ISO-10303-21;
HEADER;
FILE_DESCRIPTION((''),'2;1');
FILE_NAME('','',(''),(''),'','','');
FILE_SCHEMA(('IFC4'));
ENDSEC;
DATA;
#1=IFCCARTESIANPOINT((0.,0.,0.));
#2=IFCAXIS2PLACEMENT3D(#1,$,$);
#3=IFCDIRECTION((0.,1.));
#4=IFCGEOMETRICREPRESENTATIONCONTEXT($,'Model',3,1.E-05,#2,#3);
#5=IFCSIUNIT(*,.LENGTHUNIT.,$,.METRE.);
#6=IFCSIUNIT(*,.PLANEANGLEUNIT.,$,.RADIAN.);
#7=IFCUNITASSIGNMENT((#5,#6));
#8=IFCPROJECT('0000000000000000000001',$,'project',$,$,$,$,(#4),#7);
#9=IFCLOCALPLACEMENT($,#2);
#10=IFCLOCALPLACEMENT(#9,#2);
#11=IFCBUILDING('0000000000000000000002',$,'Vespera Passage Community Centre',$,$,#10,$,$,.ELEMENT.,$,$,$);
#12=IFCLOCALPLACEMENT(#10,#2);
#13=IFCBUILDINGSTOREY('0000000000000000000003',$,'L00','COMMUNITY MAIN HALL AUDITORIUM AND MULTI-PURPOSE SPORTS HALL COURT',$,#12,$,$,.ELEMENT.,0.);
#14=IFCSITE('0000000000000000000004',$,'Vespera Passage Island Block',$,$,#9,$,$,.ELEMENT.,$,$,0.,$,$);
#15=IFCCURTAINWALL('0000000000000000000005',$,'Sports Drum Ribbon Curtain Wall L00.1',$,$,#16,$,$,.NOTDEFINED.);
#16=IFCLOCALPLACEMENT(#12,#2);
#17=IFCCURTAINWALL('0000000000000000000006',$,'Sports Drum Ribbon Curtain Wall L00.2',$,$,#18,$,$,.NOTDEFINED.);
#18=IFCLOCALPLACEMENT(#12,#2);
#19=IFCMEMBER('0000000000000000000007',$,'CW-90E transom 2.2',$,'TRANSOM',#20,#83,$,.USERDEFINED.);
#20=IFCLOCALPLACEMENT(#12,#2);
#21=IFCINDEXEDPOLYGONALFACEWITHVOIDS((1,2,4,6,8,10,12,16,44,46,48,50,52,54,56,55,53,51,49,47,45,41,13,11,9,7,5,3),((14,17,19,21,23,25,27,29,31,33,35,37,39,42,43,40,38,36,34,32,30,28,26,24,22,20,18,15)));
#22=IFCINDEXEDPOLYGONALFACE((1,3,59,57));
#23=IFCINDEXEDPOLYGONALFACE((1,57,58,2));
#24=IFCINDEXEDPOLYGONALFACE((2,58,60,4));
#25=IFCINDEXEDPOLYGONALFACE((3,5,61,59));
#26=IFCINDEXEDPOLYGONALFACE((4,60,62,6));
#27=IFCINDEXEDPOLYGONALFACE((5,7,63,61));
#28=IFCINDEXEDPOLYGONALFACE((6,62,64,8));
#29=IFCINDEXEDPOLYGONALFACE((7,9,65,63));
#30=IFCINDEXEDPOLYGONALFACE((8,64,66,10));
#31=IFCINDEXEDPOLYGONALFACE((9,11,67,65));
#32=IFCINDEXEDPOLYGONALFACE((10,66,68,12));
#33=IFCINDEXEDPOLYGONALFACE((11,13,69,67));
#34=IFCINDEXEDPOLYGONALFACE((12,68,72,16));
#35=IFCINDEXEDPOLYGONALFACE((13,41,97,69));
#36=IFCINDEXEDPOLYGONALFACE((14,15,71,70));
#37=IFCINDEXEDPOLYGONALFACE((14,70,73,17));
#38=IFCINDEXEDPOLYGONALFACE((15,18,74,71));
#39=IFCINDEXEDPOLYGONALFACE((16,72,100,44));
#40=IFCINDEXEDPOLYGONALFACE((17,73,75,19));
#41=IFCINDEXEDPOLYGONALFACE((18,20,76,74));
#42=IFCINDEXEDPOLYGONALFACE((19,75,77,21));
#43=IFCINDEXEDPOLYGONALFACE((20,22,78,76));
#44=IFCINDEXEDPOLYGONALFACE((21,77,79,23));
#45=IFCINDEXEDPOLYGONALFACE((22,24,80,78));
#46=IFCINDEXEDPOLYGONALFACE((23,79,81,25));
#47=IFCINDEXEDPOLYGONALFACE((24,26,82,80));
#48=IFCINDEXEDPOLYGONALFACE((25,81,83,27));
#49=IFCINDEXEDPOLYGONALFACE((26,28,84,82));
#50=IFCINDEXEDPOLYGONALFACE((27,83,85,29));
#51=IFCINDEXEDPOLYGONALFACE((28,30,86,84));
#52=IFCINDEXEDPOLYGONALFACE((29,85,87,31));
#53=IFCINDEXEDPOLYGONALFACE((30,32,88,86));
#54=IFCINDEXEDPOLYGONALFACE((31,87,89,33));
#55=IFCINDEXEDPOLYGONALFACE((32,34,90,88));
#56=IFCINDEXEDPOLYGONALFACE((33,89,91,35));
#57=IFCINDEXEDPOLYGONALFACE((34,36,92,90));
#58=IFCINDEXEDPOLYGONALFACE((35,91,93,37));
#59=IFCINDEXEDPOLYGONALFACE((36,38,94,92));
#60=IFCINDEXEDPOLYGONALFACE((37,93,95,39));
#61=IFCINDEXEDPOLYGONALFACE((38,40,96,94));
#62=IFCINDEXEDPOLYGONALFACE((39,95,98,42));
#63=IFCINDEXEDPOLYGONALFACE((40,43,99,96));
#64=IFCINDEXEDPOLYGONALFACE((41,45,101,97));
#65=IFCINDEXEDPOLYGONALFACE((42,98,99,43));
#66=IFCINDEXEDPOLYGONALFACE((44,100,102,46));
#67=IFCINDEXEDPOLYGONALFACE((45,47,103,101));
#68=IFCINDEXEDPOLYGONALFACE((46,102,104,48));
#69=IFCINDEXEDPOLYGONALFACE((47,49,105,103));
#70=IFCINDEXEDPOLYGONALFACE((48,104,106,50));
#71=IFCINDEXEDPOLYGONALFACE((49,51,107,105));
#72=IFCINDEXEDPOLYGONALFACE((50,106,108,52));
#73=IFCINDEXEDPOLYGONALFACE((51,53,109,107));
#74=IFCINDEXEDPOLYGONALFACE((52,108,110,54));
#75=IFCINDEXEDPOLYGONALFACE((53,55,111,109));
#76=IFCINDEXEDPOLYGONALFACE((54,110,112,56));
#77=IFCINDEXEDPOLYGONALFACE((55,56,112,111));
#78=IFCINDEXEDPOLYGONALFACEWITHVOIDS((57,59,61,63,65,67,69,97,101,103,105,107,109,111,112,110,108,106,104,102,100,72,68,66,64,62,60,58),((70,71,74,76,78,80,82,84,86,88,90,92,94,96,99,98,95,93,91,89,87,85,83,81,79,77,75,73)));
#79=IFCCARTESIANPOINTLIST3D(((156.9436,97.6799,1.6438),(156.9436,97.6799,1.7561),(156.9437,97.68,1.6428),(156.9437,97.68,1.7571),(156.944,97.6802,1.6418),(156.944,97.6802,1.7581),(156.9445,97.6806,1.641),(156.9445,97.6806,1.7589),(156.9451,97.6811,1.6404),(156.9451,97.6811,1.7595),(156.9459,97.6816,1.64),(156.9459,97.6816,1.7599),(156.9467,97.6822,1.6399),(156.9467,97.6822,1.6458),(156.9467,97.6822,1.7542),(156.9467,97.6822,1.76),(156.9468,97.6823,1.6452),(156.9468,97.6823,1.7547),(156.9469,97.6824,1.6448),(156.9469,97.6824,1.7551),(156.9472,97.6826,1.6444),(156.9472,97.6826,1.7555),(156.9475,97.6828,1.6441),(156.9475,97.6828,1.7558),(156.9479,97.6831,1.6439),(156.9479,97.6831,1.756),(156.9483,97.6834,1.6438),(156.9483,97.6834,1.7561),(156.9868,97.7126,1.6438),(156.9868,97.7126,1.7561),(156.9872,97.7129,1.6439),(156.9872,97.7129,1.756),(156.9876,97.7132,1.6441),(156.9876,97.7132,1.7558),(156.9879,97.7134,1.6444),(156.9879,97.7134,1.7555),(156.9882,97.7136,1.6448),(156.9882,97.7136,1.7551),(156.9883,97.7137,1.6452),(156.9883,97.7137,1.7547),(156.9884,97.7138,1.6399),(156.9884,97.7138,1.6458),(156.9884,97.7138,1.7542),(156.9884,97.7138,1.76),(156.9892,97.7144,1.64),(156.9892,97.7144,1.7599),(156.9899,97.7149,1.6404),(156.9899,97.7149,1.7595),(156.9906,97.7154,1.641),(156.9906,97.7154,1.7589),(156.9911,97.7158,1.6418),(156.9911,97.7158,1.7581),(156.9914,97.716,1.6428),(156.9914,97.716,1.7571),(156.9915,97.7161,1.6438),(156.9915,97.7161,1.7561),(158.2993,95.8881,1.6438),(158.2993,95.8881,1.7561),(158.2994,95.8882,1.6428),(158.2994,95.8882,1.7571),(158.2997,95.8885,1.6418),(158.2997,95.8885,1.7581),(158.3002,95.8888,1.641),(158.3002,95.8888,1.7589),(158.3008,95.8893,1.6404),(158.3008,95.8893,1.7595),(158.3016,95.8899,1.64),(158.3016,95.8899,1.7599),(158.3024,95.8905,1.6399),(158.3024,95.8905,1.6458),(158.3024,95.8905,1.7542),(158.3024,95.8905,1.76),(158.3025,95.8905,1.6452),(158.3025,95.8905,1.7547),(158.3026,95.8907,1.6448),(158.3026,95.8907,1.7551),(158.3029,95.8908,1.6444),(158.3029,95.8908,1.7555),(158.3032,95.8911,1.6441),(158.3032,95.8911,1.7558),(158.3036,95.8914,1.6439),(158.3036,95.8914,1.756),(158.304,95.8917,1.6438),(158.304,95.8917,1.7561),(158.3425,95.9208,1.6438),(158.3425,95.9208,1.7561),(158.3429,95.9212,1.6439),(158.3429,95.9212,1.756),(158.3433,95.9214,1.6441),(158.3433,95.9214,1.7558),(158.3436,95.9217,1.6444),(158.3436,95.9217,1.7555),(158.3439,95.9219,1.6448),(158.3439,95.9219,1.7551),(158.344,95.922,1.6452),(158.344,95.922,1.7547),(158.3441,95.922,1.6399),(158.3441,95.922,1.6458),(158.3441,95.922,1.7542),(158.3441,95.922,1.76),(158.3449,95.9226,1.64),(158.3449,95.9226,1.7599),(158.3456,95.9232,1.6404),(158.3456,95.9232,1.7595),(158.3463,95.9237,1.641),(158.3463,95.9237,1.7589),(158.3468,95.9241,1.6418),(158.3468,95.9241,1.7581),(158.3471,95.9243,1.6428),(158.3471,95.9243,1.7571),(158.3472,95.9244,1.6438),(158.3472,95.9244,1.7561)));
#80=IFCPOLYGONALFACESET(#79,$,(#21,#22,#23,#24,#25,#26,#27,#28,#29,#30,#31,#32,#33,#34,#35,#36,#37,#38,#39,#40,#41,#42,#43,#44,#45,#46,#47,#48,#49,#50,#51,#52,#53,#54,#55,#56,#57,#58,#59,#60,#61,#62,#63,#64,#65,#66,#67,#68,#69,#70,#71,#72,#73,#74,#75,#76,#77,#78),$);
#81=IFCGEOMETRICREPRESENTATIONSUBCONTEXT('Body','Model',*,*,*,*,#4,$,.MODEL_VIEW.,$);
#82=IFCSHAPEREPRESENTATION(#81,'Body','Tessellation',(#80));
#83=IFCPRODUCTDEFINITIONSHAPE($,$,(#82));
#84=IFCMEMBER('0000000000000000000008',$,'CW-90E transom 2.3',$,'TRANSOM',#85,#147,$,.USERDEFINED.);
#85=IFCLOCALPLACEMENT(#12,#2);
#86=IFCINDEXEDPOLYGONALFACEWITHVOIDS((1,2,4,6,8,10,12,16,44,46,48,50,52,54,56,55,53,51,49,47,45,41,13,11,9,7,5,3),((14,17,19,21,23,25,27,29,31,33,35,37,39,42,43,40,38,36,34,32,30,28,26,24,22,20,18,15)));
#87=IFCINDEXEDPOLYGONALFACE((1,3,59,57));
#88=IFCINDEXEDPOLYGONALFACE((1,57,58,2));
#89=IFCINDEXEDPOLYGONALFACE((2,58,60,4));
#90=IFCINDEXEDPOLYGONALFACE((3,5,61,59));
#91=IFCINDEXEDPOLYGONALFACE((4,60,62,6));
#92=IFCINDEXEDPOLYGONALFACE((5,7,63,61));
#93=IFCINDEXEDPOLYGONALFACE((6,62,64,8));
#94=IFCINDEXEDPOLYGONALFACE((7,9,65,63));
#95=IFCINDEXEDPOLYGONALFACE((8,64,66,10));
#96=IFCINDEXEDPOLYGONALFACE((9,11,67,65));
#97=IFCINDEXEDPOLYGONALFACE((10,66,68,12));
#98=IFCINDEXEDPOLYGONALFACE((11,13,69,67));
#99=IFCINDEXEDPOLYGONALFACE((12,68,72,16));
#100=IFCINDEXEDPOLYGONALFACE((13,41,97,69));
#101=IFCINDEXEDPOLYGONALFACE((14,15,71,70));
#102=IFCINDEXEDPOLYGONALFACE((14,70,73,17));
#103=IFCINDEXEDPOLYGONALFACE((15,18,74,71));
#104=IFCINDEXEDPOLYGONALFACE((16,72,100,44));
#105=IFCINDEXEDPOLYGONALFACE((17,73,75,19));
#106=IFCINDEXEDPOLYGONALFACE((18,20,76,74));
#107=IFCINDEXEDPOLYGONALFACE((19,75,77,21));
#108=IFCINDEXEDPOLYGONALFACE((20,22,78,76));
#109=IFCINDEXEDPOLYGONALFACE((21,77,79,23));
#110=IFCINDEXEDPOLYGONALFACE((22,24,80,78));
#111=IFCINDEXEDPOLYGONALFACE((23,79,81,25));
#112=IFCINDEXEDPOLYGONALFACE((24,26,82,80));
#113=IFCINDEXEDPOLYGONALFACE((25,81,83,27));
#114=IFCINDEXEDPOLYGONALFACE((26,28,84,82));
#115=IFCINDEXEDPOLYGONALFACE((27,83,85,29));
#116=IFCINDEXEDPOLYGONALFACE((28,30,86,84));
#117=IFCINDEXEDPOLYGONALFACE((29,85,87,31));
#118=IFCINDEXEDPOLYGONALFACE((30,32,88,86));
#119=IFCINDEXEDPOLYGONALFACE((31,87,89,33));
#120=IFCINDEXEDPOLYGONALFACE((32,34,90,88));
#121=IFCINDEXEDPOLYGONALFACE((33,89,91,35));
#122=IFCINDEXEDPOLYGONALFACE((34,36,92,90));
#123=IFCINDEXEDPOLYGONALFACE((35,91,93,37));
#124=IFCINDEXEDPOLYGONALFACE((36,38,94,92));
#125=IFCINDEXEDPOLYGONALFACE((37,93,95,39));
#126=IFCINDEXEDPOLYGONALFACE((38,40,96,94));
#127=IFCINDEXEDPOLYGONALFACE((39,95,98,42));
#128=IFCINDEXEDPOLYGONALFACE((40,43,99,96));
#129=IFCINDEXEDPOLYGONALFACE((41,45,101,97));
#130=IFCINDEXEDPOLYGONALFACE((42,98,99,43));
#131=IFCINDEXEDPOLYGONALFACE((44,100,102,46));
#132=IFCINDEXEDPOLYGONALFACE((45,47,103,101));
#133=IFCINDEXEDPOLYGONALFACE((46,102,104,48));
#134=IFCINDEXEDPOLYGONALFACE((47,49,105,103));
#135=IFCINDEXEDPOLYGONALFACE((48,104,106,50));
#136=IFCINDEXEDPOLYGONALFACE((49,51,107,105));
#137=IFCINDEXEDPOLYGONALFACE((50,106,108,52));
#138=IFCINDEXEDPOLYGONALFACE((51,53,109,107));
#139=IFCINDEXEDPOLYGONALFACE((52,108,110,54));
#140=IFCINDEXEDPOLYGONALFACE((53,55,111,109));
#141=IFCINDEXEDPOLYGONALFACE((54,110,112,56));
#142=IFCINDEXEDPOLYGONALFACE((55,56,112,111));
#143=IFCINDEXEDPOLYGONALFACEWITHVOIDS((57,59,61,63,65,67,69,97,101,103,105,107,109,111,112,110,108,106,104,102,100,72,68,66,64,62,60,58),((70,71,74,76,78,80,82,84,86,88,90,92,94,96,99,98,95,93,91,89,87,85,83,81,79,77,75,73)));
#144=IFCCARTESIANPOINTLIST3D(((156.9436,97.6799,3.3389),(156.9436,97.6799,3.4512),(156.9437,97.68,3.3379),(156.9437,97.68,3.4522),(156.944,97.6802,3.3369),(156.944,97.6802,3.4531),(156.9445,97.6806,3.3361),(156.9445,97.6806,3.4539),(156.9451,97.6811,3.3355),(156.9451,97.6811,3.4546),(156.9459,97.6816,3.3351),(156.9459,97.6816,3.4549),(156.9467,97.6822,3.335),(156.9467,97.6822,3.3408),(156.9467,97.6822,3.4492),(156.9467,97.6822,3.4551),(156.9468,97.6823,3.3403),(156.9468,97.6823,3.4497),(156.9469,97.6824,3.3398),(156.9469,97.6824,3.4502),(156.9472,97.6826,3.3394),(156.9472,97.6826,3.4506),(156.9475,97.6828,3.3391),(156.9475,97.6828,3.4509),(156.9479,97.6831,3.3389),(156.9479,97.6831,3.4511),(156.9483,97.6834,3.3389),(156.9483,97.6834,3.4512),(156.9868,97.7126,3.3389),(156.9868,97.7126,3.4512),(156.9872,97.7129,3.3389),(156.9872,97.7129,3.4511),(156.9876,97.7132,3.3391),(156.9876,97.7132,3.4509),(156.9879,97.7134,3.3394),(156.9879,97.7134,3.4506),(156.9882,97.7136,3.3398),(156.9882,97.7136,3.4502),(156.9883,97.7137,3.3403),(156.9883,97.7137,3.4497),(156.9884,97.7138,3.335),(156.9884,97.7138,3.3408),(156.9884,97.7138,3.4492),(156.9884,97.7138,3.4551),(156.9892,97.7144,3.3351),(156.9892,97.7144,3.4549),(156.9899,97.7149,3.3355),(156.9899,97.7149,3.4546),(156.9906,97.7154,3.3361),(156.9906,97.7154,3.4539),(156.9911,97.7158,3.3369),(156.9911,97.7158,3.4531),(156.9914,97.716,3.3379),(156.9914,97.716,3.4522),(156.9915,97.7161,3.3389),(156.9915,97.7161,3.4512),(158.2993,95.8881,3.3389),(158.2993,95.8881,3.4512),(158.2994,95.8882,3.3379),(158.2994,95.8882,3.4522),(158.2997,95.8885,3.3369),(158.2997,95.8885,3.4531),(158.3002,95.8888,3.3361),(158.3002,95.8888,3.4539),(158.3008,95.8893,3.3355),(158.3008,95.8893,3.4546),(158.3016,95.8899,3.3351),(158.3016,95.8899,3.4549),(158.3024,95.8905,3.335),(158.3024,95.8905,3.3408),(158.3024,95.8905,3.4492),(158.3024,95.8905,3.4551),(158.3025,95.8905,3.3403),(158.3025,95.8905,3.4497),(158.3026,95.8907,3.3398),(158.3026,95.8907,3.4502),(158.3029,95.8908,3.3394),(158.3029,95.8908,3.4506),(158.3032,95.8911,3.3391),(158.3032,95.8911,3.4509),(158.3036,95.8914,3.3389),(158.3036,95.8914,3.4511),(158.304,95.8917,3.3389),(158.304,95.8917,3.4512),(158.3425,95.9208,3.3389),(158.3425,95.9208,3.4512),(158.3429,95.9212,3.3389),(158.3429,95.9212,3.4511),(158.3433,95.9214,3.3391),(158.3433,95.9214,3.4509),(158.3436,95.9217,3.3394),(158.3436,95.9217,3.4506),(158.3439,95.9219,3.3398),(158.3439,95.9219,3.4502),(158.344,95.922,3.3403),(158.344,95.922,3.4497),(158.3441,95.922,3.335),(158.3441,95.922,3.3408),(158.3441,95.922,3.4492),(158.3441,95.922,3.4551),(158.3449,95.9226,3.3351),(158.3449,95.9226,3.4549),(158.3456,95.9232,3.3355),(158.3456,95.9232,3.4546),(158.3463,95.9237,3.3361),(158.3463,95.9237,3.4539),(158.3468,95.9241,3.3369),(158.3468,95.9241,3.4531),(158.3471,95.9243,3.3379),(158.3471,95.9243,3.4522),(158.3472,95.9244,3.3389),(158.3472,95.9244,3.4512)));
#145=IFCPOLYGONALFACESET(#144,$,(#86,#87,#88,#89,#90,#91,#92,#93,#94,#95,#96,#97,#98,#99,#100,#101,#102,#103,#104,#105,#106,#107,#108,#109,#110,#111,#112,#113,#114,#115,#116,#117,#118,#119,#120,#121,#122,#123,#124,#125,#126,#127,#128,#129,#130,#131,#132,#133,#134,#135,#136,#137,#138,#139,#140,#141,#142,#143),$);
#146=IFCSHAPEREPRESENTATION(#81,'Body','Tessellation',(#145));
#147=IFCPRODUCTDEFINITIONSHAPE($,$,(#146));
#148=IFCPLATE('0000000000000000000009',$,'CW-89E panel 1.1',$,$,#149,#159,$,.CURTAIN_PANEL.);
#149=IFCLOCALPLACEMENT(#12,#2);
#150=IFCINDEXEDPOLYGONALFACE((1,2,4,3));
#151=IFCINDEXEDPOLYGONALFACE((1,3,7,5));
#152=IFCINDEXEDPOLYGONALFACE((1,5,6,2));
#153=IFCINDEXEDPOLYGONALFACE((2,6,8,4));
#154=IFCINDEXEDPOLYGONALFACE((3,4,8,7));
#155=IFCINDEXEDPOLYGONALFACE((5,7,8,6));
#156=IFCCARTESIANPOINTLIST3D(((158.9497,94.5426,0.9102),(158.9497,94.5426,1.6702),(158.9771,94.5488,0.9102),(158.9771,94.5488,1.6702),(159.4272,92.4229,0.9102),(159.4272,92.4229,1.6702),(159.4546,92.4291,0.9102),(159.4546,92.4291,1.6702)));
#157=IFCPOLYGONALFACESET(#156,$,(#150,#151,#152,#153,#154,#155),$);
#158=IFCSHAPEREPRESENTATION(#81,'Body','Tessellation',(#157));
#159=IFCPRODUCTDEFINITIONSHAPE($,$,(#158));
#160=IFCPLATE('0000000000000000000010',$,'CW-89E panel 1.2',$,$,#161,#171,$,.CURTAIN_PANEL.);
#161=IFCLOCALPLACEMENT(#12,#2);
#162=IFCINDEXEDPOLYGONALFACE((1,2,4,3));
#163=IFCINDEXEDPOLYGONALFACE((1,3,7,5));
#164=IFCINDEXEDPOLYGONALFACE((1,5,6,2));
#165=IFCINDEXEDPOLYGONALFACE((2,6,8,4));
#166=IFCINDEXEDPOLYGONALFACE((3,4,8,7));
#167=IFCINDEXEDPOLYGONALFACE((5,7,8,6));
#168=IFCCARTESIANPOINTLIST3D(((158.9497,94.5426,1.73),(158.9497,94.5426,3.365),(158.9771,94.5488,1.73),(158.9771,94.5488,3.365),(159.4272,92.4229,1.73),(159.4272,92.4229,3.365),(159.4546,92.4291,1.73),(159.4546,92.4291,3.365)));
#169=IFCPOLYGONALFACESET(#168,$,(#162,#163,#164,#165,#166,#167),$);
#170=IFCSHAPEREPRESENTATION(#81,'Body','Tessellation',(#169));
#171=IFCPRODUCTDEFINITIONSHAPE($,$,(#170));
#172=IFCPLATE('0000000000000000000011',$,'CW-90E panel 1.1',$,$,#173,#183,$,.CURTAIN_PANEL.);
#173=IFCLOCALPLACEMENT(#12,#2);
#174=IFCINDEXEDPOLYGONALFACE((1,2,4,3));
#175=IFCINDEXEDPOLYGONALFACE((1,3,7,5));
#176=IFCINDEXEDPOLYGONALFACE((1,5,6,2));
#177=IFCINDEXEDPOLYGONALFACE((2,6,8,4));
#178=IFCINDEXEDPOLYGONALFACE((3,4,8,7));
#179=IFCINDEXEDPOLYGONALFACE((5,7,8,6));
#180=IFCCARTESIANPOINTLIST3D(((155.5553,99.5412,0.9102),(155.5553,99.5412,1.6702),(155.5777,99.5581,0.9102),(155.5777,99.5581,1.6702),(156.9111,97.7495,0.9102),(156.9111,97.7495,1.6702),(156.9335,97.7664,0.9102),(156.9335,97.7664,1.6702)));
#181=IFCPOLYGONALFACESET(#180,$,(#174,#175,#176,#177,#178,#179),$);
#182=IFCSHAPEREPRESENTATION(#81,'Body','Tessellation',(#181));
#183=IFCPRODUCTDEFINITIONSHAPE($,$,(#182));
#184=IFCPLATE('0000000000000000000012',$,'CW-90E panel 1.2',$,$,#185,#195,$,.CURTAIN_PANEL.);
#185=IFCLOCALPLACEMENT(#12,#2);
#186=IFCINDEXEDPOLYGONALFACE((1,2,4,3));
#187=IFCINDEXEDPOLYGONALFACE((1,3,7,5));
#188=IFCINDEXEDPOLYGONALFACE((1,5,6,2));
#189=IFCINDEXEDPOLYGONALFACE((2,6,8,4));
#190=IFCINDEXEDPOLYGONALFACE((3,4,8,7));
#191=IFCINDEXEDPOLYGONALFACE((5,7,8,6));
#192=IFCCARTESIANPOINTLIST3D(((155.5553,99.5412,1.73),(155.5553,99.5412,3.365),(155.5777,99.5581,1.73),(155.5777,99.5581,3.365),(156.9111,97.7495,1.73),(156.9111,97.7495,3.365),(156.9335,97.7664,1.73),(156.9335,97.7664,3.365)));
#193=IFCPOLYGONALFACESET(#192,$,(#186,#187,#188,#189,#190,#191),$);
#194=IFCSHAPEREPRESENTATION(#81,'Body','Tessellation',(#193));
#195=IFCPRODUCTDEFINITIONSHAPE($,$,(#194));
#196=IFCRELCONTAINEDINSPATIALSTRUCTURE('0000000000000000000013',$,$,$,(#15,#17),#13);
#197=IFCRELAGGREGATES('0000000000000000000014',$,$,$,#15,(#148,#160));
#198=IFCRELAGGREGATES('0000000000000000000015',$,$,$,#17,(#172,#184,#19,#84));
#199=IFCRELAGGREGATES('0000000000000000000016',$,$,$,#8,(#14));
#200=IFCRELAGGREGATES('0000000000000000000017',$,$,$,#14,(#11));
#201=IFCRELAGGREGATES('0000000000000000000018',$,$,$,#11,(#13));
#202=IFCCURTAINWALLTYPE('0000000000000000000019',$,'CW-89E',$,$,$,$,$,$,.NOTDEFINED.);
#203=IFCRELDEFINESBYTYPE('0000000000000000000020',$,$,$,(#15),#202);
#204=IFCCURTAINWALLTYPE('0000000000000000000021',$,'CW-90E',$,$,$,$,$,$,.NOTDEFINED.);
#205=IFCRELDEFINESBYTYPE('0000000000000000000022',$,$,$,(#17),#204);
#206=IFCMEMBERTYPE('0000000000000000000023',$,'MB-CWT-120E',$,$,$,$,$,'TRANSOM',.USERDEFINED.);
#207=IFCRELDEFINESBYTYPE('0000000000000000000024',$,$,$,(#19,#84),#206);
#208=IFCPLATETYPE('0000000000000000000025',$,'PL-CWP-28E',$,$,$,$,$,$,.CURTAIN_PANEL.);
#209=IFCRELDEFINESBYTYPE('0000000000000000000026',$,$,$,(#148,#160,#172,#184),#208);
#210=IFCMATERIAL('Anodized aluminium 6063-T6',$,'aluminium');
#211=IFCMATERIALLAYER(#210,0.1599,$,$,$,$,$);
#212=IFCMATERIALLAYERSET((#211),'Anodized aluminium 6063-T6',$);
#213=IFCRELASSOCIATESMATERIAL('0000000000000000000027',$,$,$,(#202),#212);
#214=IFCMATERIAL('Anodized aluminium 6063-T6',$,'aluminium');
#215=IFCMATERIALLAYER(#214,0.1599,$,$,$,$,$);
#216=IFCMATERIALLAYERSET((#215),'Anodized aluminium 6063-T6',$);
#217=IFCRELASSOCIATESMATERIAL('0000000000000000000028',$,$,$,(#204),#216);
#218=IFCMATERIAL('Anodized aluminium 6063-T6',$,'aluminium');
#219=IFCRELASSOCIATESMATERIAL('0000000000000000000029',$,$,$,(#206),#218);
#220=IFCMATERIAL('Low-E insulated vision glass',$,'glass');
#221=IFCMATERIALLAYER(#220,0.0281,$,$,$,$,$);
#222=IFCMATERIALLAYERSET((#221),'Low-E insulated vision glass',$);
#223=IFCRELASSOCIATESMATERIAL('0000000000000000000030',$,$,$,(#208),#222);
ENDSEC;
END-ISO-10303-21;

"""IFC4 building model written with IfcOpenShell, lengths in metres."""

from ifc_helpers import new_model, si_unit, direction, frame, origin, origin_2d, place, context, subcontext, project, spatial, rectangle, hollow_rectangle, extrude, material, layer, layer_set, material_profile, profile_set, type_object, element, aggregate, save


model = new_model("IFC4")

# Units and contexts
model_context = context("Model", 3, precision=1e-05, world=origin(), true_north=direction((0.0, 1.0)))
body_context = subcontext(model_context, "Body", "Model", "MODEL_VIEW")
ifc_project = project(units=[si_unit("LENGTHUNIT", "METRE"), si_unit("PLANEANGLEUNIT", "RADIAN")], contexts=[model_context])

# Site, building, storey
site_placement = place(None, origin())
site = spatial("IfcSite", under=ifc_project, at=site_placement, Name="Vespera Passage Island Block", CompositionType="ELEMENT", RefElevation=0.0)
building_placement = place(site_placement, origin())
building = spatial("IfcBuilding", under=site, at=building_placement, Name="Vespera Passage Community Centre", CompositionType="ELEMENT")
storey_placement = place(building_placement, origin())
storey = spatial("IfcBuildingStorey", under=building, at=storey_placement, Name="L00", Description="COMMUNITY MAIN HALL AUDITORIUM AND MULTI-PURPOSE SPORTS HALL COURT", CompositionType="ELEMENT", Elevation=0.0)

# Curtain walls
ifc_material_1 = material(Name="Anodized aluminium 6063-T6", Category="aluminium")
ifc_layer_1 = layer(ifc_material_1, 0.1599)
ifc_layer_set_1 = layer_set([ifc_layer_1], Name="Anodized aluminium 6063-T6")
curtain_wall_type_1 = type_object("IfcCurtainWallType", Name="CW-89E", PredefinedType="NOTDEFINED", material=ifc_layer_set_1)
curtain_wall_1_placement = place(storey_placement, origin())
curtain_wall_1 = element("IfcCurtainWall", 1, at=curtain_wall_1_placement, inside=storey, type_object=curtain_wall_type_1, Name="Sports Drum Ribbon Curtain Wall L00.1", PredefinedType="NOTDEFINED")
ifc_material_2 = material(Name="Anodized aluminium 6063-T6", Category="aluminium")
ifc_layer_2 = layer(ifc_material_2, 0.1599)
ifc_layer_set_2 = layer_set([ifc_layer_2], Name="Anodized aluminium 6063-T6")
curtain_wall_type_2 = type_object("IfcCurtainWallType", Name="CW-90E", PredefinedType="NOTDEFINED", material=ifc_layer_set_2)
curtain_wall_2_placement = place(storey_placement, origin())
curtain_wall_2 = element("IfcCurtainWall", 2, at=curtain_wall_2_placement, inside=storey, type_object=curtain_wall_type_2, Name="Sports Drum Ribbon Curtain Wall L00.2", PredefinedType="NOTDEFINED")

# Members
ifc_material_3 = material(Name="Anodized aluminium 6063-T6", Category="aluminium")
ifc_material_profile_1 = material_profile(ifc_material_3, hollow_rectangle(XDim=0.0601, YDim=0.1201, WallThickness=0.0039, InnerFilletRadius=0.002, OuterFilletRadius=0.0039, at=origin_2d()), Name="ALU120X60X4")
ifc_profile_set_1 = profile_set([ifc_material_profile_1], Name="Anodized aluminium 6063-T6")
member_type_1 = type_object("IfcMemberType", Name="MB-CWT-120E", ElementType="TRANSOM", PredefinedType="USERDEFINED", material=ifc_profile_set_1)
member_1_placement = place(storey_placement, frame((156.9675, 97.698, 1.7), z_axis=(0.603385, -0.79745, 0.0), x_axis=(0.79745, 0.603385, 0.0)))
member_1 = element("IfcMember", 3, at=member_1_placement, type_object=member_type_1, Name="CW-90E transom 2.2", ObjectType="TRANSOM", PredefinedType="USERDEFINED", context=body_context, shape_type="SweptSolid", body=[
    extrude(hollow_rectangle(XDim=0.0601, YDim=0.1201, WallThickness=0.0039, InnerFilletRadius=0.002, OuterFilletRadius=0.0039, at=origin_2d()), origin(), (0.0, 0.0, 1.0), 2.2468),
])
member_2_placement = place(storey_placement, frame((156.9675, 97.698, 3.395), z_axis=(0.603385, -0.79745, 0.0), x_axis=(0.79745, 0.603385, 0.0)))
member_2 = element("IfcMember", 4, at=member_2_placement, type_object=member_type_1, Name="CW-90E transom 2.3", ObjectType="TRANSOM", PredefinedType="USERDEFINED", context=body_context, shape_type="SweptSolid", body=[
    extrude(hollow_rectangle(XDim=0.0601, YDim=0.1201, WallThickness=0.0039, InnerFilletRadius=0.002, OuterFilletRadius=0.0039, at=origin_2d()), origin(), (0.0, 0.0, 1.0), 2.2468),
])

# Plates
ifc_material_4 = material(Name="Low-E insulated vision glass", Category="glass")
ifc_layer_3 = layer(ifc_material_4, 0.0281)
ifc_layer_set_3 = layer_set([ifc_layer_3], Name="Low-E insulated vision glass")
plate_type = type_object("IfcPlateType", Name="PL-CWP-28E", PredefinedType="CURTAIN_PANEL", material=ifc_layer_set_3)
plate_1_placement = place(storey_placement, frame((159.2021, 93.4858, 0.9102), z_axis=(0.0, 0.0, 1.0), x_axis=(0.219763, -0.975553, 0.0)))
plate_1 = element("IfcPlate", 5, at=plate_1_placement, type_object=plate_type, Name="CW-89E panel 1.1", PredefinedType="CURTAIN_PANEL", context=body_context, shape_type="SweptSolid", body=[
    extrude(rectangle(XDim=2.1729, YDim=0.0281, at=origin_2d()), origin(), (0.0, 0.0, 1.0), 0.76),
])
plate_2_placement = place(storey_placement, frame((159.2021, 93.4858, 1.73), z_axis=(0.0, 0.0, 1.0), x_axis=(0.219763, -0.975553, 0.0)))
plate_2 = element("IfcPlate", 6, at=plate_2_placement, type_object=plate_type, Name="CW-89E panel 1.2", PredefinedType="CURTAIN_PANEL", context=body_context, shape_type="SweptSolid", body=[
    extrude(rectangle(XDim=2.1729, YDim=0.0281, at=origin_2d()), origin(), (0.0, 0.0, 1.0), 1.635),
])
aggregate(curtain_wall_1, [plate_1, plate_2])
plate_3_placement = place(storey_placement, frame((156.2444, 98.6538, 0.9102), z_axis=(0.0, 0.0, 1.0), x_axis=(0.603406, -0.797434, 0.0)))
plate_3 = element("IfcPlate", 7, at=plate_3_placement, type_object=plate_type, Name="CW-90E panel 1.1", PredefinedType="CURTAIN_PANEL", context=body_context, shape_type="SweptSolid", body=[
    extrude(rectangle(XDim=2.2468, YDim=0.0281, at=origin_2d()), origin(), (0.0, 0.0, 1.0), 0.76),
])
plate_4_placement = place(storey_placement, frame((156.2444, 98.6538, 1.73), z_axis=(0.0, 0.0, 1.0), x_axis=(0.603406, -0.797434, 0.0)))
plate_4 = element("IfcPlate", 8, at=plate_4_placement, type_object=plate_type, Name="CW-90E panel 1.2", PredefinedType="CURTAIN_PANEL", context=body_context, shape_type="SweptSolid", body=[
    extrude(rectangle(XDim=2.2468, YDim=0.0281, at=origin_2d()), origin(), (0.0, 0.0, 1.0), 1.635),
])
aggregate(curtain_wall_2, [plate_3, plate_4, member_1, member_2])

save(model, "model.ifc")
